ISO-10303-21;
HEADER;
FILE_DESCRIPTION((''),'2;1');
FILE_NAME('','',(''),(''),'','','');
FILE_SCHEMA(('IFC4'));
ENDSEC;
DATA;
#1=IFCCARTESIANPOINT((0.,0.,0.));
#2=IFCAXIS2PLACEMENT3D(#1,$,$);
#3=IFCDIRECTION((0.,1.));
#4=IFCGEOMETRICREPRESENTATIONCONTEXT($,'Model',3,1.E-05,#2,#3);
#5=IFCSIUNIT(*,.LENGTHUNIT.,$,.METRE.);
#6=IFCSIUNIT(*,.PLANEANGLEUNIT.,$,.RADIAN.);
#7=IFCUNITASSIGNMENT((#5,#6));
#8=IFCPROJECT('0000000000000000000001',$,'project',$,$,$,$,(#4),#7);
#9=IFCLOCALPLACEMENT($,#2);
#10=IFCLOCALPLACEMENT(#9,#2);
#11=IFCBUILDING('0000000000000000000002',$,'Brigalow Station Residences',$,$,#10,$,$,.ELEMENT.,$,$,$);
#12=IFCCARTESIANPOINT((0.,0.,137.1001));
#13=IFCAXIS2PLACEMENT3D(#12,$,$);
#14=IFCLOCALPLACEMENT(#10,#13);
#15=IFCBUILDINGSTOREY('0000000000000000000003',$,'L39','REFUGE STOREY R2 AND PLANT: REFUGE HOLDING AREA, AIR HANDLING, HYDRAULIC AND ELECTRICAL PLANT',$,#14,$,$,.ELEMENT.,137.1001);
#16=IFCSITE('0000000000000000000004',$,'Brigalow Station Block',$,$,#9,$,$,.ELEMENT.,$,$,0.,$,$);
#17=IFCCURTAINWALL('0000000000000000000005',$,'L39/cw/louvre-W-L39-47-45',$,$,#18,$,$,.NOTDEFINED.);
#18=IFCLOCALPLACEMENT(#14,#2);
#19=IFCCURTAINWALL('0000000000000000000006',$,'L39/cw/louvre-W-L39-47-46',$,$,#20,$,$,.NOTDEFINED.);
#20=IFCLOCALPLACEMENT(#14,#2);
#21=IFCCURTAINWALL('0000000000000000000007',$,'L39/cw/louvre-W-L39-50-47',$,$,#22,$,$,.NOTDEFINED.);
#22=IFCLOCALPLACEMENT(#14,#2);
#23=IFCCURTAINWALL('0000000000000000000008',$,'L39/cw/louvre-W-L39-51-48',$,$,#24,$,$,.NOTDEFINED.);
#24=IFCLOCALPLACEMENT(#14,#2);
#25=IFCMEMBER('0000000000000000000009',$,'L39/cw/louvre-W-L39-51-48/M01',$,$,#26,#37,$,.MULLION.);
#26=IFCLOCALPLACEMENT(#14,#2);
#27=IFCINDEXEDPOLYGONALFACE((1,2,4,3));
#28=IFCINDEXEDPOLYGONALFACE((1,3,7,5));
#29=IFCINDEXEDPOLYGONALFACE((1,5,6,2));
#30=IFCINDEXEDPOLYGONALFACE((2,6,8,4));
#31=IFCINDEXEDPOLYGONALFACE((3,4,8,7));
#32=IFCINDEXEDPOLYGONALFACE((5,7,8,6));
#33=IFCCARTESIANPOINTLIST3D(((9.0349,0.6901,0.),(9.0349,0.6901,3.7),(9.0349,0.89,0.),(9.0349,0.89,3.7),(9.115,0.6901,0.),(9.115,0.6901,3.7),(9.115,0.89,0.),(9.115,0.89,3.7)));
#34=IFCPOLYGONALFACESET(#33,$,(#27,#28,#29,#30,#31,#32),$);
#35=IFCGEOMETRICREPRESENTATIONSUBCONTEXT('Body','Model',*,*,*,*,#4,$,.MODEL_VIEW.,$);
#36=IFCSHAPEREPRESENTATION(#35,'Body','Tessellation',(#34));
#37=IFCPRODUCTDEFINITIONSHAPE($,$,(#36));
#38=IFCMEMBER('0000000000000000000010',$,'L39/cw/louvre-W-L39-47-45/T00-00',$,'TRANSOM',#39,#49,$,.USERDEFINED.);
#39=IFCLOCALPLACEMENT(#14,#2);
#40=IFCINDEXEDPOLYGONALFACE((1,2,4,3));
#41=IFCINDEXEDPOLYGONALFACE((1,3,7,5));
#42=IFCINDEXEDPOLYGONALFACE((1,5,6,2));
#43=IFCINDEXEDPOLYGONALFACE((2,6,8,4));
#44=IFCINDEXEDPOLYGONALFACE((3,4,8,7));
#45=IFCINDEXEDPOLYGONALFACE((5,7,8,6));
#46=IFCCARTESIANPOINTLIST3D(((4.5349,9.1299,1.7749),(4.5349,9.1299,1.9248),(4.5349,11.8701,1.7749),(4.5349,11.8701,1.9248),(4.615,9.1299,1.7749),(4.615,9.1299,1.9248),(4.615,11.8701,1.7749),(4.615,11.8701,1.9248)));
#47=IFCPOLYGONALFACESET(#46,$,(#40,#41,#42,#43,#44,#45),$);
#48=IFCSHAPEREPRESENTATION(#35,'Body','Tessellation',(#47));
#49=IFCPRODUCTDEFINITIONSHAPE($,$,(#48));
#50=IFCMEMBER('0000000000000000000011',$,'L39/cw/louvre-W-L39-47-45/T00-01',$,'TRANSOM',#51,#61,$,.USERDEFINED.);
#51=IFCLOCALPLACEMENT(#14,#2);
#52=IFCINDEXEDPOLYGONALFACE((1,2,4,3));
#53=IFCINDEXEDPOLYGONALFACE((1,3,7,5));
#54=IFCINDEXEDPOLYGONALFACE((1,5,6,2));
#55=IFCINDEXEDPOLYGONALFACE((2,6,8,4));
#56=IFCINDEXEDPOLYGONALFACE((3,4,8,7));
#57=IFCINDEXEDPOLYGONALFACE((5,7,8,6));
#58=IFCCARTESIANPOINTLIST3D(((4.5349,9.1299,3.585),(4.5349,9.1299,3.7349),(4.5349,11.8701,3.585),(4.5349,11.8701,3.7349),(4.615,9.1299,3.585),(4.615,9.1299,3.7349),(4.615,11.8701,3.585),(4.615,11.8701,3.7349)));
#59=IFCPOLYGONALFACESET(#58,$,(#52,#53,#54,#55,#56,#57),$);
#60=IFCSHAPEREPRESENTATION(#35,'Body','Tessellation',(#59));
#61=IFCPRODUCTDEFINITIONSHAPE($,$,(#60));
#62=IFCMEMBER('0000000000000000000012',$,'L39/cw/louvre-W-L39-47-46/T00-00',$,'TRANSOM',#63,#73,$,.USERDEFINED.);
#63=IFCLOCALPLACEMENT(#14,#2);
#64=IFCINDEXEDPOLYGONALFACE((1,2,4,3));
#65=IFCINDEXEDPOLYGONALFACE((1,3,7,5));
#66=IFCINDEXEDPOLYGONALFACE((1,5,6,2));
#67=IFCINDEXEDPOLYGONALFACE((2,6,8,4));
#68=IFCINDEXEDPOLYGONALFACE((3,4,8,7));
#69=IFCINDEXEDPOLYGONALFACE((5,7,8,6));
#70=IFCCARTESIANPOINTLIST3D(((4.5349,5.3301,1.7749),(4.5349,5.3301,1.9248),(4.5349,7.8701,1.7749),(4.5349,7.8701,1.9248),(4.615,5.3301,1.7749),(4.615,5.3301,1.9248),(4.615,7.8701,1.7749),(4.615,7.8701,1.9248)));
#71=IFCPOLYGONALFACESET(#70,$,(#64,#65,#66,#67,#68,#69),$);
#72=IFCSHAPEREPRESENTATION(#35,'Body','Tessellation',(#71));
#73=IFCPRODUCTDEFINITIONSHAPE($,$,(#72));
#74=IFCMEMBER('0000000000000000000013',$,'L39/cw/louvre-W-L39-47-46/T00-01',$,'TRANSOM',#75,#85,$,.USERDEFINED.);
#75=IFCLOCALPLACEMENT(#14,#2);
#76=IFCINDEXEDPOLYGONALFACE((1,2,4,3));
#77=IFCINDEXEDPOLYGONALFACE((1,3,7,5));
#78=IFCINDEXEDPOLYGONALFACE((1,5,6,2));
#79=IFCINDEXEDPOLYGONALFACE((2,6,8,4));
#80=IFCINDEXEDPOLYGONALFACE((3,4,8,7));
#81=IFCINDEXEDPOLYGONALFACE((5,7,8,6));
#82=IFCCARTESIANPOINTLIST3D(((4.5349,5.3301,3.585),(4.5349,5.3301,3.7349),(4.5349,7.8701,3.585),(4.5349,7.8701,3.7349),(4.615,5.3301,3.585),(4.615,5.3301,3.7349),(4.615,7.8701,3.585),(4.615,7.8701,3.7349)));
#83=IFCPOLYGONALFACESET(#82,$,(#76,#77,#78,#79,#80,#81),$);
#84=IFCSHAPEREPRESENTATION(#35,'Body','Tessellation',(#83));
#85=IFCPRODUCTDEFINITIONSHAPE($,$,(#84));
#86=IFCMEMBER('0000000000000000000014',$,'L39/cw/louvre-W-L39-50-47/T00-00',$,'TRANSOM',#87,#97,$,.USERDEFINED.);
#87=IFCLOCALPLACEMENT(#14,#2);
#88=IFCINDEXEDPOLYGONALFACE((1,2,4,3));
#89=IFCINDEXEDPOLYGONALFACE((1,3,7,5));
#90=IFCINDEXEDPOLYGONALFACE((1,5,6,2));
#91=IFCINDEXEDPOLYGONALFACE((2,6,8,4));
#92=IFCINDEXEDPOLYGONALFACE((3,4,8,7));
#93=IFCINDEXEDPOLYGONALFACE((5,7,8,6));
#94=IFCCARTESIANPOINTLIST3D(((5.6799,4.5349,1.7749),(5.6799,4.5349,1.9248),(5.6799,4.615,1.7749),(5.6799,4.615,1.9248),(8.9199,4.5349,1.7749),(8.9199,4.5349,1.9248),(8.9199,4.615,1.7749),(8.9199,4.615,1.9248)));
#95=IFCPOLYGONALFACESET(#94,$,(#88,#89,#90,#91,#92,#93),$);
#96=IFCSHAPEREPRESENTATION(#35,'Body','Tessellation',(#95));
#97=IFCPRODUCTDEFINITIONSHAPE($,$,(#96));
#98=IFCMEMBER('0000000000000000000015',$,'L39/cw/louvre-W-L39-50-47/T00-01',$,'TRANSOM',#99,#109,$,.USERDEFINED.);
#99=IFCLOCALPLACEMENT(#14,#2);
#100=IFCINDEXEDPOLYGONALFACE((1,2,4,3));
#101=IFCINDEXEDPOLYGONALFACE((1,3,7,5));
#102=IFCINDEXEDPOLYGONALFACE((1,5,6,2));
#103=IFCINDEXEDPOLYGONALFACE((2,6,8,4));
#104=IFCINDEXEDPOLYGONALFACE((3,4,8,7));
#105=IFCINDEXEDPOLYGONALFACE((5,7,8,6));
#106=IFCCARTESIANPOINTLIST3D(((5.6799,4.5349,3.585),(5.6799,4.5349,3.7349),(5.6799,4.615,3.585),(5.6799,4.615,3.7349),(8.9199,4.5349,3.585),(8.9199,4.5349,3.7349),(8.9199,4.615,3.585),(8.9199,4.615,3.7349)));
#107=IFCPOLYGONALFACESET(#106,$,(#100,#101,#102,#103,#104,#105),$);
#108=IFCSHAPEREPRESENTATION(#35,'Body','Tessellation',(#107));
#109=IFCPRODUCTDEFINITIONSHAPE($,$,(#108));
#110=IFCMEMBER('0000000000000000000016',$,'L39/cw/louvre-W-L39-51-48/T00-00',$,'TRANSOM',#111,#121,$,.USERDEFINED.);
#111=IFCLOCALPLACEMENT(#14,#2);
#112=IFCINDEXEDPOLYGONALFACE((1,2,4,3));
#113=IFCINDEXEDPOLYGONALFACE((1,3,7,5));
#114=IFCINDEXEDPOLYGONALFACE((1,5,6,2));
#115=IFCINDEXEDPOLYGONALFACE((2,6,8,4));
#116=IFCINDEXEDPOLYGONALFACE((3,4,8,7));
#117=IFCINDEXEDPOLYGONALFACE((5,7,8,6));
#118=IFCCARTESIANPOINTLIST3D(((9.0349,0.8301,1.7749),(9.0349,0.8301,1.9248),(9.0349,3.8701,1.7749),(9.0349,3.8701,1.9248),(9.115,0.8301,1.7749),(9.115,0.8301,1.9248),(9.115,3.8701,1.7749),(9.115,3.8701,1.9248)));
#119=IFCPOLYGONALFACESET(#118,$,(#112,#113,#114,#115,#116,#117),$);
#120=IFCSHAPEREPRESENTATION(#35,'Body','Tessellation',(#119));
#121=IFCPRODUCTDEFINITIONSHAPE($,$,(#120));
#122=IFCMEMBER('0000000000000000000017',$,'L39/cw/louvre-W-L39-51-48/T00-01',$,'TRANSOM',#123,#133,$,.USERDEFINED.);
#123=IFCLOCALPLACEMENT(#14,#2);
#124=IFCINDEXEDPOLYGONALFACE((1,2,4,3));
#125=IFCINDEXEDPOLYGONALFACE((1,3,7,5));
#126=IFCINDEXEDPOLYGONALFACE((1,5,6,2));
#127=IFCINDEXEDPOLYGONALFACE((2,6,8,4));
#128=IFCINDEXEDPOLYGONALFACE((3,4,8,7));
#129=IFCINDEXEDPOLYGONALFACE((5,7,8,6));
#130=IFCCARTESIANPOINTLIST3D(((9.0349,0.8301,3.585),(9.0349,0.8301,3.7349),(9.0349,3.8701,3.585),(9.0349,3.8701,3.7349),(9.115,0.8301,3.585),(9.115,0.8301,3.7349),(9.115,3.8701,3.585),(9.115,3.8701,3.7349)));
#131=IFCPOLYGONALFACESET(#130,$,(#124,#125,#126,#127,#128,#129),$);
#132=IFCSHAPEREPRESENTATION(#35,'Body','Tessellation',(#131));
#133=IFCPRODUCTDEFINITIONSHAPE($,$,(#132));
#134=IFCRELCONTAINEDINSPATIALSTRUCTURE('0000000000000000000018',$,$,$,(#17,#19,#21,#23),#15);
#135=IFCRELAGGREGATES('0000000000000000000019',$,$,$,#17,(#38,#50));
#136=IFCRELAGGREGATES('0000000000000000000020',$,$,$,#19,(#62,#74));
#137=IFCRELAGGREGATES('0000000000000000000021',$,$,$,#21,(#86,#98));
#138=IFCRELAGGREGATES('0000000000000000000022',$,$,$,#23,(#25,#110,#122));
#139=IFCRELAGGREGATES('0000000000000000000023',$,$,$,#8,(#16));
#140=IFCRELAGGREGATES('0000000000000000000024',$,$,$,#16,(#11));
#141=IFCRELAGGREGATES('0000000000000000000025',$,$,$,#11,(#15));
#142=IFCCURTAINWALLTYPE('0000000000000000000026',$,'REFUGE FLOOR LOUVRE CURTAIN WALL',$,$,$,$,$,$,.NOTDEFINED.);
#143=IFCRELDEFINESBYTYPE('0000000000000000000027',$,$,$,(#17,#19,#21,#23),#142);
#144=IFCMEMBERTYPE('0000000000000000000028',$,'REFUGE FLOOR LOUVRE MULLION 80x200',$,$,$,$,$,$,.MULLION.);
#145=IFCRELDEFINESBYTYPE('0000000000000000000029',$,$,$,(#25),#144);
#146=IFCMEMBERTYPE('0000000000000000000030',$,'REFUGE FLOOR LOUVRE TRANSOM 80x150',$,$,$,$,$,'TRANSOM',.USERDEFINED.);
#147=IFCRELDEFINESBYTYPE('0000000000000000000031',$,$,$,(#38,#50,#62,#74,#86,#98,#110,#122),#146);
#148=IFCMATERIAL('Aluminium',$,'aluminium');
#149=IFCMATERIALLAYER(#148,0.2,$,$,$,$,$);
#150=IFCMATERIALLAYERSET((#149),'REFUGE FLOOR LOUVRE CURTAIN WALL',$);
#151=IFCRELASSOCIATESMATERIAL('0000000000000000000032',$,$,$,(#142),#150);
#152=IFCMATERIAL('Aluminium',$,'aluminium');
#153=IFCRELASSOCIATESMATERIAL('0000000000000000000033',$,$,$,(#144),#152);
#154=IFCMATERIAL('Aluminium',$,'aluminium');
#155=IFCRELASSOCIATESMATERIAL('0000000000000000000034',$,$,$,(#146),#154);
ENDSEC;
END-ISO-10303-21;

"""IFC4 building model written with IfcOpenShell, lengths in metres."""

from ifc_helpers import new_model, si_unit, direction, frame, origin, origin_2d, place, context, subcontext, project, spatial, rectangle, extrude, material, layer, layer_set, material_profile, profile_set, type_object, element, aggregate, save


model = new_model("IFC4")

# Units and contexts
model_context = context("Model", 3, precision=1e-05, world=origin(), true_north=direction((0.0, 1.0)))
body_context = subcontext(model_context, "Body", "Model", "MODEL_VIEW")
ifc_project = project(units=[si_unit("LENGTHUNIT", "METRE"), si_unit("PLANEANGLEUNIT", "RADIAN")], contexts=[model_context])

# Site, building, storey
site_placement = place(None, origin())
site = spatial("IfcSite", under=ifc_project, at=site_placement, Name="Brigalow Station Block", CompositionType="ELEMENT", RefElevation=0.0)
building_placement = place(site_placement, origin())
building = spatial("IfcBuilding", under=site, at=building_placement, Name="Brigalow Station Residences", CompositionType="ELEMENT")
storey_placement = place(building_placement, frame((0.0, 0.0, 137.1001)))
storey = spatial("IfcBuildingStorey", under=building, at=storey_placement, Name="L39", Description="REFUGE STOREY R2 AND PLANT: REFUGE HOLDING AREA, AIR HANDLING, HYDRAULIC AND ELECTRICAL PLANT", CompositionType="ELEMENT", Elevation=137.1001)

# Curtain walls, member
ifc_material_1 = material(Name="Aluminium", Category="aluminium")
ifc_layer_1 = layer(ifc_material_1, 0.2)
ifc_layer_set_1 = layer_set([ifc_layer_1], Name="REFUGE FLOOR LOUVRE CURTAIN WALL")
curtain_wall_type = type_object("IfcCurtainWallType", Name="REFUGE FLOOR LOUVRE CURTAIN WALL", PredefinedType="NOTDEFINED", material=ifc_layer_set_1)
curtain_wall_1_placement = place(storey_placement, origin())
curtain_wall_1 = element("IfcCurtainWall", 1, at=curtain_wall_1_placement, inside=storey, type_object=curtain_wall_type, Name="L39/cw/louvre-W-L39-47-45", PredefinedType="NOTDEFINED")
ifc_material_2 = material(Name="Aluminium", Category="aluminium")
ifc_material_profile_1 = material_profile(ifc_material_2, rectangle(XDim=0.0801, YDim=0.2, at=origin_2d()), Name="REFUGE FLOOR LOUVRE MULLION 80x200")
ifc_profile_set_1 = profile_set([ifc_material_profile_1], Name="Aluminium")
member_type_1 = type_object("IfcMemberType", Name="REFUGE FLOOR LOUVRE MULLION 80x200", PredefinedType="MULLION", material=ifc_profile_set_1)
curtain_wall_2_placement = place(storey_placement, origin())
curtain_wall_2 = element("IfcCurtainWall", 2, at=curtain_wall_2_placement, inside=storey, type_object=curtain_wall_type, Name="L39/cw/louvre-W-L39-47-46", PredefinedType="NOTDEFINED")
curtain_wall_3_placement = place(storey_placement, origin())
curtain_wall_3 = element("IfcCurtainWall", 3, at=curtain_wall_3_placement, inside=storey, type_object=curtain_wall_type, Name="L39/cw/louvre-W-L39-50-47", PredefinedType="NOTDEFINED")
curtain_wall_4_placement = place(storey_placement, origin())
curtain_wall_4 = element("IfcCurtainWall", 4, at=curtain_wall_4_placement, inside=storey, type_object=curtain_wall_type, Name="L39/cw/louvre-W-L39-51-48", PredefinedType="NOTDEFINED")
member_1_placement = place(storey_placement, frame((9.075, 0.79, 0.0), z_axis=(0.0, 0.0, 1.0), x_axis=(1.0, 0.0, 0.0)))
member_1 = element("IfcMember", 5, at=member_1_placement, type_object=member_type_1, Name="L39/cw/louvre-W-L39-51-48/M01", PredefinedType="MULLION", context=body_context, shape_type="SweptSolid", body=[
    extrude(rectangle(XDim=0.0801, YDim=0.2, at=origin_2d()), origin(), (0.0, 0.0, 1.0), 3.7),
])

# Members
ifc_material_3 = material(Name="Aluminium", Category="aluminium")
ifc_material_profile_2 = material_profile(ifc_material_3, rectangle(XDim=0.0801, YDim=0.1499, at=origin_2d()), Name="REFUGE FLOOR LOUVRE TRANSOM 80x150")
ifc_profile_set_2 = profile_set([ifc_material_profile_2], Name="Aluminium")
member_type_2 = type_object("IfcMemberType", Name="REFUGE FLOOR LOUVRE TRANSOM 80x150", ElementType="TRANSOM", PredefinedType="USERDEFINED", material=ifc_profile_set_2)
member_2_placement = place(storey_placement, frame((4.575, 11.8701, 1.8499), z_axis=(0.0, -1.0, 0.0), x_axis=(1.0, 0.0, 0.0)))
member_2 = element("IfcMember", 6, at=member_2_placement, type_object=member_type_2, Name="L39/cw/louvre-W-L39-47-45/T00-00", ObjectType="TRANSOM", PredefinedType="USERDEFINED", context=body_context, shape_type="SweptSolid", body=[
    extrude(rectangle(XDim=0.0801, YDim=0.1499, at=origin_2d()), origin(), (0.0, 0.0, 1.0), 2.7402),
])
member_3_placement = place(storey_placement, frame((4.575, 11.8701, 3.6599), z_axis=(0.0, -1.0, 0.0), x_axis=(1.0, 0.0, 0.0)))
member_3 = element("IfcMember", 7, at=member_3_placement, type_object=member_type_2, Name="L39/cw/louvre-W-L39-47-45/T00-01", ObjectType="TRANSOM", PredefinedType="USERDEFINED", context=body_context, shape_type="SweptSolid", body=[
    extrude(rectangle(XDim=0.0801, YDim=0.1499, at=origin_2d()), origin(), (0.0, 0.0, 1.0), 2.7402),
])
member_4_placement = place(storey_placement, frame((4.575, 7.8701, 1.8499), z_axis=(0.0, -1.0, 0.0), x_axis=(1.0, 0.0, 0.0)))
member_4 = element("IfcMember", 8, at=member_4_placement, type_object=member_type_2, Name="L39/cw/louvre-W-L39-47-46/T00-00", ObjectType="TRANSOM", PredefinedType="USERDEFINED", context=body_context, shape_type="SweptSolid", body=[
    extrude(rectangle(XDim=0.0801, YDim=0.1499, at=origin_2d()), origin(), (0.0, 0.0, 1.0), 2.54),
])
member_5_placement = place(storey_placement, frame((4.575, 7.8701, 3.6599), z_axis=(0.0, -1.0, 0.0), x_axis=(1.0, 0.0, 0.0)))
member_5 = element("IfcMember", 9, at=member_5_placement, type_object=member_type_2, Name="L39/cw/louvre-W-L39-47-46/T00-01", ObjectType="TRANSOM", PredefinedType="USERDEFINED", context=body_context, shape_type="SweptSolid", body=[
    extrude(rectangle(XDim=0.0801, YDim=0.1499, at=origin_2d()), origin(), (0.0, 0.0, 1.0), 2.54),
])
member_6_placement = place(storey_placement, frame((5.6799, 4.575, 1.8499), z_axis=(1.0, 0.0, 0.0), x_axis=(0.0, 1.0, 0.0)))
member_6 = element("IfcMember", 10, at=member_6_placement, type_object=member_type_2, Name="L39/cw/louvre-W-L39-50-47/T00-00", ObjectType="TRANSOM", PredefinedType="USERDEFINED", context=body_context, shape_type="SweptSolid", body=[
    extrude(rectangle(XDim=0.0801, YDim=0.1499, at=origin_2d()), origin(), (0.0, 0.0, 1.0), 3.24),
])
member_7_placement = place(storey_placement, frame((5.6799, 4.575, 3.6599), z_axis=(1.0, 0.0, 0.0), x_axis=(0.0, 1.0, 0.0)))
member_7 = element("IfcMember", 11, at=member_7_placement, type_object=member_type_2, Name="L39/cw/louvre-W-L39-50-47/T00-01", ObjectType="TRANSOM", PredefinedType="USERDEFINED", context=body_context, shape_type="SweptSolid", body=[
    extrude(rectangle(XDim=0.0801, YDim=0.1499, at=origin_2d()), origin(), (0.0, 0.0, 1.0), 3.24),
])
member_8_placement = place(storey_placement, frame((9.075, 3.8701, 1.8499), z_axis=(0.0, -1.0, 0.0), x_axis=(1.0, 0.0, 0.0)))
member_8 = element("IfcMember", 12, at=member_8_placement, type_object=member_type_2, Name="L39/cw/louvre-W-L39-51-48/T00-00", ObjectType="TRANSOM", PredefinedType="USERDEFINED", context=body_context, shape_type="SweptSolid", body=[
    extrude(rectangle(XDim=0.0801, YDim=0.1499, at=origin_2d()), origin(), (0.0, 0.0, 1.0), 3.04),
])
member_9_placement = place(storey_placement, frame((9.075, 3.8701, 3.6599), z_axis=(0.0, -1.0, 0.0), x_axis=(1.0, 0.0, 0.0)))
member_9 = element("IfcMember", 13, at=member_9_placement, type_object=member_type_2, Name="L39/cw/louvre-W-L39-51-48/T00-01", ObjectType="TRANSOM", PredefinedType="USERDEFINED", context=body_context, shape_type="SweptSolid", body=[
    extrude(rectangle(XDim=0.0801, YDim=0.1499, at=origin_2d()), origin(), (0.0, 0.0, 1.0), 3.04),
])

aggregate(curtain_wall_1, [member_2, member_3])
aggregate(curtain_wall_2, [member_4, member_5])
aggregate(curtain_wall_3, [member_6, member_7])
aggregate(curtain_wall_4, [member_1, member_8, member_9])

save(model, "model.ifc")
